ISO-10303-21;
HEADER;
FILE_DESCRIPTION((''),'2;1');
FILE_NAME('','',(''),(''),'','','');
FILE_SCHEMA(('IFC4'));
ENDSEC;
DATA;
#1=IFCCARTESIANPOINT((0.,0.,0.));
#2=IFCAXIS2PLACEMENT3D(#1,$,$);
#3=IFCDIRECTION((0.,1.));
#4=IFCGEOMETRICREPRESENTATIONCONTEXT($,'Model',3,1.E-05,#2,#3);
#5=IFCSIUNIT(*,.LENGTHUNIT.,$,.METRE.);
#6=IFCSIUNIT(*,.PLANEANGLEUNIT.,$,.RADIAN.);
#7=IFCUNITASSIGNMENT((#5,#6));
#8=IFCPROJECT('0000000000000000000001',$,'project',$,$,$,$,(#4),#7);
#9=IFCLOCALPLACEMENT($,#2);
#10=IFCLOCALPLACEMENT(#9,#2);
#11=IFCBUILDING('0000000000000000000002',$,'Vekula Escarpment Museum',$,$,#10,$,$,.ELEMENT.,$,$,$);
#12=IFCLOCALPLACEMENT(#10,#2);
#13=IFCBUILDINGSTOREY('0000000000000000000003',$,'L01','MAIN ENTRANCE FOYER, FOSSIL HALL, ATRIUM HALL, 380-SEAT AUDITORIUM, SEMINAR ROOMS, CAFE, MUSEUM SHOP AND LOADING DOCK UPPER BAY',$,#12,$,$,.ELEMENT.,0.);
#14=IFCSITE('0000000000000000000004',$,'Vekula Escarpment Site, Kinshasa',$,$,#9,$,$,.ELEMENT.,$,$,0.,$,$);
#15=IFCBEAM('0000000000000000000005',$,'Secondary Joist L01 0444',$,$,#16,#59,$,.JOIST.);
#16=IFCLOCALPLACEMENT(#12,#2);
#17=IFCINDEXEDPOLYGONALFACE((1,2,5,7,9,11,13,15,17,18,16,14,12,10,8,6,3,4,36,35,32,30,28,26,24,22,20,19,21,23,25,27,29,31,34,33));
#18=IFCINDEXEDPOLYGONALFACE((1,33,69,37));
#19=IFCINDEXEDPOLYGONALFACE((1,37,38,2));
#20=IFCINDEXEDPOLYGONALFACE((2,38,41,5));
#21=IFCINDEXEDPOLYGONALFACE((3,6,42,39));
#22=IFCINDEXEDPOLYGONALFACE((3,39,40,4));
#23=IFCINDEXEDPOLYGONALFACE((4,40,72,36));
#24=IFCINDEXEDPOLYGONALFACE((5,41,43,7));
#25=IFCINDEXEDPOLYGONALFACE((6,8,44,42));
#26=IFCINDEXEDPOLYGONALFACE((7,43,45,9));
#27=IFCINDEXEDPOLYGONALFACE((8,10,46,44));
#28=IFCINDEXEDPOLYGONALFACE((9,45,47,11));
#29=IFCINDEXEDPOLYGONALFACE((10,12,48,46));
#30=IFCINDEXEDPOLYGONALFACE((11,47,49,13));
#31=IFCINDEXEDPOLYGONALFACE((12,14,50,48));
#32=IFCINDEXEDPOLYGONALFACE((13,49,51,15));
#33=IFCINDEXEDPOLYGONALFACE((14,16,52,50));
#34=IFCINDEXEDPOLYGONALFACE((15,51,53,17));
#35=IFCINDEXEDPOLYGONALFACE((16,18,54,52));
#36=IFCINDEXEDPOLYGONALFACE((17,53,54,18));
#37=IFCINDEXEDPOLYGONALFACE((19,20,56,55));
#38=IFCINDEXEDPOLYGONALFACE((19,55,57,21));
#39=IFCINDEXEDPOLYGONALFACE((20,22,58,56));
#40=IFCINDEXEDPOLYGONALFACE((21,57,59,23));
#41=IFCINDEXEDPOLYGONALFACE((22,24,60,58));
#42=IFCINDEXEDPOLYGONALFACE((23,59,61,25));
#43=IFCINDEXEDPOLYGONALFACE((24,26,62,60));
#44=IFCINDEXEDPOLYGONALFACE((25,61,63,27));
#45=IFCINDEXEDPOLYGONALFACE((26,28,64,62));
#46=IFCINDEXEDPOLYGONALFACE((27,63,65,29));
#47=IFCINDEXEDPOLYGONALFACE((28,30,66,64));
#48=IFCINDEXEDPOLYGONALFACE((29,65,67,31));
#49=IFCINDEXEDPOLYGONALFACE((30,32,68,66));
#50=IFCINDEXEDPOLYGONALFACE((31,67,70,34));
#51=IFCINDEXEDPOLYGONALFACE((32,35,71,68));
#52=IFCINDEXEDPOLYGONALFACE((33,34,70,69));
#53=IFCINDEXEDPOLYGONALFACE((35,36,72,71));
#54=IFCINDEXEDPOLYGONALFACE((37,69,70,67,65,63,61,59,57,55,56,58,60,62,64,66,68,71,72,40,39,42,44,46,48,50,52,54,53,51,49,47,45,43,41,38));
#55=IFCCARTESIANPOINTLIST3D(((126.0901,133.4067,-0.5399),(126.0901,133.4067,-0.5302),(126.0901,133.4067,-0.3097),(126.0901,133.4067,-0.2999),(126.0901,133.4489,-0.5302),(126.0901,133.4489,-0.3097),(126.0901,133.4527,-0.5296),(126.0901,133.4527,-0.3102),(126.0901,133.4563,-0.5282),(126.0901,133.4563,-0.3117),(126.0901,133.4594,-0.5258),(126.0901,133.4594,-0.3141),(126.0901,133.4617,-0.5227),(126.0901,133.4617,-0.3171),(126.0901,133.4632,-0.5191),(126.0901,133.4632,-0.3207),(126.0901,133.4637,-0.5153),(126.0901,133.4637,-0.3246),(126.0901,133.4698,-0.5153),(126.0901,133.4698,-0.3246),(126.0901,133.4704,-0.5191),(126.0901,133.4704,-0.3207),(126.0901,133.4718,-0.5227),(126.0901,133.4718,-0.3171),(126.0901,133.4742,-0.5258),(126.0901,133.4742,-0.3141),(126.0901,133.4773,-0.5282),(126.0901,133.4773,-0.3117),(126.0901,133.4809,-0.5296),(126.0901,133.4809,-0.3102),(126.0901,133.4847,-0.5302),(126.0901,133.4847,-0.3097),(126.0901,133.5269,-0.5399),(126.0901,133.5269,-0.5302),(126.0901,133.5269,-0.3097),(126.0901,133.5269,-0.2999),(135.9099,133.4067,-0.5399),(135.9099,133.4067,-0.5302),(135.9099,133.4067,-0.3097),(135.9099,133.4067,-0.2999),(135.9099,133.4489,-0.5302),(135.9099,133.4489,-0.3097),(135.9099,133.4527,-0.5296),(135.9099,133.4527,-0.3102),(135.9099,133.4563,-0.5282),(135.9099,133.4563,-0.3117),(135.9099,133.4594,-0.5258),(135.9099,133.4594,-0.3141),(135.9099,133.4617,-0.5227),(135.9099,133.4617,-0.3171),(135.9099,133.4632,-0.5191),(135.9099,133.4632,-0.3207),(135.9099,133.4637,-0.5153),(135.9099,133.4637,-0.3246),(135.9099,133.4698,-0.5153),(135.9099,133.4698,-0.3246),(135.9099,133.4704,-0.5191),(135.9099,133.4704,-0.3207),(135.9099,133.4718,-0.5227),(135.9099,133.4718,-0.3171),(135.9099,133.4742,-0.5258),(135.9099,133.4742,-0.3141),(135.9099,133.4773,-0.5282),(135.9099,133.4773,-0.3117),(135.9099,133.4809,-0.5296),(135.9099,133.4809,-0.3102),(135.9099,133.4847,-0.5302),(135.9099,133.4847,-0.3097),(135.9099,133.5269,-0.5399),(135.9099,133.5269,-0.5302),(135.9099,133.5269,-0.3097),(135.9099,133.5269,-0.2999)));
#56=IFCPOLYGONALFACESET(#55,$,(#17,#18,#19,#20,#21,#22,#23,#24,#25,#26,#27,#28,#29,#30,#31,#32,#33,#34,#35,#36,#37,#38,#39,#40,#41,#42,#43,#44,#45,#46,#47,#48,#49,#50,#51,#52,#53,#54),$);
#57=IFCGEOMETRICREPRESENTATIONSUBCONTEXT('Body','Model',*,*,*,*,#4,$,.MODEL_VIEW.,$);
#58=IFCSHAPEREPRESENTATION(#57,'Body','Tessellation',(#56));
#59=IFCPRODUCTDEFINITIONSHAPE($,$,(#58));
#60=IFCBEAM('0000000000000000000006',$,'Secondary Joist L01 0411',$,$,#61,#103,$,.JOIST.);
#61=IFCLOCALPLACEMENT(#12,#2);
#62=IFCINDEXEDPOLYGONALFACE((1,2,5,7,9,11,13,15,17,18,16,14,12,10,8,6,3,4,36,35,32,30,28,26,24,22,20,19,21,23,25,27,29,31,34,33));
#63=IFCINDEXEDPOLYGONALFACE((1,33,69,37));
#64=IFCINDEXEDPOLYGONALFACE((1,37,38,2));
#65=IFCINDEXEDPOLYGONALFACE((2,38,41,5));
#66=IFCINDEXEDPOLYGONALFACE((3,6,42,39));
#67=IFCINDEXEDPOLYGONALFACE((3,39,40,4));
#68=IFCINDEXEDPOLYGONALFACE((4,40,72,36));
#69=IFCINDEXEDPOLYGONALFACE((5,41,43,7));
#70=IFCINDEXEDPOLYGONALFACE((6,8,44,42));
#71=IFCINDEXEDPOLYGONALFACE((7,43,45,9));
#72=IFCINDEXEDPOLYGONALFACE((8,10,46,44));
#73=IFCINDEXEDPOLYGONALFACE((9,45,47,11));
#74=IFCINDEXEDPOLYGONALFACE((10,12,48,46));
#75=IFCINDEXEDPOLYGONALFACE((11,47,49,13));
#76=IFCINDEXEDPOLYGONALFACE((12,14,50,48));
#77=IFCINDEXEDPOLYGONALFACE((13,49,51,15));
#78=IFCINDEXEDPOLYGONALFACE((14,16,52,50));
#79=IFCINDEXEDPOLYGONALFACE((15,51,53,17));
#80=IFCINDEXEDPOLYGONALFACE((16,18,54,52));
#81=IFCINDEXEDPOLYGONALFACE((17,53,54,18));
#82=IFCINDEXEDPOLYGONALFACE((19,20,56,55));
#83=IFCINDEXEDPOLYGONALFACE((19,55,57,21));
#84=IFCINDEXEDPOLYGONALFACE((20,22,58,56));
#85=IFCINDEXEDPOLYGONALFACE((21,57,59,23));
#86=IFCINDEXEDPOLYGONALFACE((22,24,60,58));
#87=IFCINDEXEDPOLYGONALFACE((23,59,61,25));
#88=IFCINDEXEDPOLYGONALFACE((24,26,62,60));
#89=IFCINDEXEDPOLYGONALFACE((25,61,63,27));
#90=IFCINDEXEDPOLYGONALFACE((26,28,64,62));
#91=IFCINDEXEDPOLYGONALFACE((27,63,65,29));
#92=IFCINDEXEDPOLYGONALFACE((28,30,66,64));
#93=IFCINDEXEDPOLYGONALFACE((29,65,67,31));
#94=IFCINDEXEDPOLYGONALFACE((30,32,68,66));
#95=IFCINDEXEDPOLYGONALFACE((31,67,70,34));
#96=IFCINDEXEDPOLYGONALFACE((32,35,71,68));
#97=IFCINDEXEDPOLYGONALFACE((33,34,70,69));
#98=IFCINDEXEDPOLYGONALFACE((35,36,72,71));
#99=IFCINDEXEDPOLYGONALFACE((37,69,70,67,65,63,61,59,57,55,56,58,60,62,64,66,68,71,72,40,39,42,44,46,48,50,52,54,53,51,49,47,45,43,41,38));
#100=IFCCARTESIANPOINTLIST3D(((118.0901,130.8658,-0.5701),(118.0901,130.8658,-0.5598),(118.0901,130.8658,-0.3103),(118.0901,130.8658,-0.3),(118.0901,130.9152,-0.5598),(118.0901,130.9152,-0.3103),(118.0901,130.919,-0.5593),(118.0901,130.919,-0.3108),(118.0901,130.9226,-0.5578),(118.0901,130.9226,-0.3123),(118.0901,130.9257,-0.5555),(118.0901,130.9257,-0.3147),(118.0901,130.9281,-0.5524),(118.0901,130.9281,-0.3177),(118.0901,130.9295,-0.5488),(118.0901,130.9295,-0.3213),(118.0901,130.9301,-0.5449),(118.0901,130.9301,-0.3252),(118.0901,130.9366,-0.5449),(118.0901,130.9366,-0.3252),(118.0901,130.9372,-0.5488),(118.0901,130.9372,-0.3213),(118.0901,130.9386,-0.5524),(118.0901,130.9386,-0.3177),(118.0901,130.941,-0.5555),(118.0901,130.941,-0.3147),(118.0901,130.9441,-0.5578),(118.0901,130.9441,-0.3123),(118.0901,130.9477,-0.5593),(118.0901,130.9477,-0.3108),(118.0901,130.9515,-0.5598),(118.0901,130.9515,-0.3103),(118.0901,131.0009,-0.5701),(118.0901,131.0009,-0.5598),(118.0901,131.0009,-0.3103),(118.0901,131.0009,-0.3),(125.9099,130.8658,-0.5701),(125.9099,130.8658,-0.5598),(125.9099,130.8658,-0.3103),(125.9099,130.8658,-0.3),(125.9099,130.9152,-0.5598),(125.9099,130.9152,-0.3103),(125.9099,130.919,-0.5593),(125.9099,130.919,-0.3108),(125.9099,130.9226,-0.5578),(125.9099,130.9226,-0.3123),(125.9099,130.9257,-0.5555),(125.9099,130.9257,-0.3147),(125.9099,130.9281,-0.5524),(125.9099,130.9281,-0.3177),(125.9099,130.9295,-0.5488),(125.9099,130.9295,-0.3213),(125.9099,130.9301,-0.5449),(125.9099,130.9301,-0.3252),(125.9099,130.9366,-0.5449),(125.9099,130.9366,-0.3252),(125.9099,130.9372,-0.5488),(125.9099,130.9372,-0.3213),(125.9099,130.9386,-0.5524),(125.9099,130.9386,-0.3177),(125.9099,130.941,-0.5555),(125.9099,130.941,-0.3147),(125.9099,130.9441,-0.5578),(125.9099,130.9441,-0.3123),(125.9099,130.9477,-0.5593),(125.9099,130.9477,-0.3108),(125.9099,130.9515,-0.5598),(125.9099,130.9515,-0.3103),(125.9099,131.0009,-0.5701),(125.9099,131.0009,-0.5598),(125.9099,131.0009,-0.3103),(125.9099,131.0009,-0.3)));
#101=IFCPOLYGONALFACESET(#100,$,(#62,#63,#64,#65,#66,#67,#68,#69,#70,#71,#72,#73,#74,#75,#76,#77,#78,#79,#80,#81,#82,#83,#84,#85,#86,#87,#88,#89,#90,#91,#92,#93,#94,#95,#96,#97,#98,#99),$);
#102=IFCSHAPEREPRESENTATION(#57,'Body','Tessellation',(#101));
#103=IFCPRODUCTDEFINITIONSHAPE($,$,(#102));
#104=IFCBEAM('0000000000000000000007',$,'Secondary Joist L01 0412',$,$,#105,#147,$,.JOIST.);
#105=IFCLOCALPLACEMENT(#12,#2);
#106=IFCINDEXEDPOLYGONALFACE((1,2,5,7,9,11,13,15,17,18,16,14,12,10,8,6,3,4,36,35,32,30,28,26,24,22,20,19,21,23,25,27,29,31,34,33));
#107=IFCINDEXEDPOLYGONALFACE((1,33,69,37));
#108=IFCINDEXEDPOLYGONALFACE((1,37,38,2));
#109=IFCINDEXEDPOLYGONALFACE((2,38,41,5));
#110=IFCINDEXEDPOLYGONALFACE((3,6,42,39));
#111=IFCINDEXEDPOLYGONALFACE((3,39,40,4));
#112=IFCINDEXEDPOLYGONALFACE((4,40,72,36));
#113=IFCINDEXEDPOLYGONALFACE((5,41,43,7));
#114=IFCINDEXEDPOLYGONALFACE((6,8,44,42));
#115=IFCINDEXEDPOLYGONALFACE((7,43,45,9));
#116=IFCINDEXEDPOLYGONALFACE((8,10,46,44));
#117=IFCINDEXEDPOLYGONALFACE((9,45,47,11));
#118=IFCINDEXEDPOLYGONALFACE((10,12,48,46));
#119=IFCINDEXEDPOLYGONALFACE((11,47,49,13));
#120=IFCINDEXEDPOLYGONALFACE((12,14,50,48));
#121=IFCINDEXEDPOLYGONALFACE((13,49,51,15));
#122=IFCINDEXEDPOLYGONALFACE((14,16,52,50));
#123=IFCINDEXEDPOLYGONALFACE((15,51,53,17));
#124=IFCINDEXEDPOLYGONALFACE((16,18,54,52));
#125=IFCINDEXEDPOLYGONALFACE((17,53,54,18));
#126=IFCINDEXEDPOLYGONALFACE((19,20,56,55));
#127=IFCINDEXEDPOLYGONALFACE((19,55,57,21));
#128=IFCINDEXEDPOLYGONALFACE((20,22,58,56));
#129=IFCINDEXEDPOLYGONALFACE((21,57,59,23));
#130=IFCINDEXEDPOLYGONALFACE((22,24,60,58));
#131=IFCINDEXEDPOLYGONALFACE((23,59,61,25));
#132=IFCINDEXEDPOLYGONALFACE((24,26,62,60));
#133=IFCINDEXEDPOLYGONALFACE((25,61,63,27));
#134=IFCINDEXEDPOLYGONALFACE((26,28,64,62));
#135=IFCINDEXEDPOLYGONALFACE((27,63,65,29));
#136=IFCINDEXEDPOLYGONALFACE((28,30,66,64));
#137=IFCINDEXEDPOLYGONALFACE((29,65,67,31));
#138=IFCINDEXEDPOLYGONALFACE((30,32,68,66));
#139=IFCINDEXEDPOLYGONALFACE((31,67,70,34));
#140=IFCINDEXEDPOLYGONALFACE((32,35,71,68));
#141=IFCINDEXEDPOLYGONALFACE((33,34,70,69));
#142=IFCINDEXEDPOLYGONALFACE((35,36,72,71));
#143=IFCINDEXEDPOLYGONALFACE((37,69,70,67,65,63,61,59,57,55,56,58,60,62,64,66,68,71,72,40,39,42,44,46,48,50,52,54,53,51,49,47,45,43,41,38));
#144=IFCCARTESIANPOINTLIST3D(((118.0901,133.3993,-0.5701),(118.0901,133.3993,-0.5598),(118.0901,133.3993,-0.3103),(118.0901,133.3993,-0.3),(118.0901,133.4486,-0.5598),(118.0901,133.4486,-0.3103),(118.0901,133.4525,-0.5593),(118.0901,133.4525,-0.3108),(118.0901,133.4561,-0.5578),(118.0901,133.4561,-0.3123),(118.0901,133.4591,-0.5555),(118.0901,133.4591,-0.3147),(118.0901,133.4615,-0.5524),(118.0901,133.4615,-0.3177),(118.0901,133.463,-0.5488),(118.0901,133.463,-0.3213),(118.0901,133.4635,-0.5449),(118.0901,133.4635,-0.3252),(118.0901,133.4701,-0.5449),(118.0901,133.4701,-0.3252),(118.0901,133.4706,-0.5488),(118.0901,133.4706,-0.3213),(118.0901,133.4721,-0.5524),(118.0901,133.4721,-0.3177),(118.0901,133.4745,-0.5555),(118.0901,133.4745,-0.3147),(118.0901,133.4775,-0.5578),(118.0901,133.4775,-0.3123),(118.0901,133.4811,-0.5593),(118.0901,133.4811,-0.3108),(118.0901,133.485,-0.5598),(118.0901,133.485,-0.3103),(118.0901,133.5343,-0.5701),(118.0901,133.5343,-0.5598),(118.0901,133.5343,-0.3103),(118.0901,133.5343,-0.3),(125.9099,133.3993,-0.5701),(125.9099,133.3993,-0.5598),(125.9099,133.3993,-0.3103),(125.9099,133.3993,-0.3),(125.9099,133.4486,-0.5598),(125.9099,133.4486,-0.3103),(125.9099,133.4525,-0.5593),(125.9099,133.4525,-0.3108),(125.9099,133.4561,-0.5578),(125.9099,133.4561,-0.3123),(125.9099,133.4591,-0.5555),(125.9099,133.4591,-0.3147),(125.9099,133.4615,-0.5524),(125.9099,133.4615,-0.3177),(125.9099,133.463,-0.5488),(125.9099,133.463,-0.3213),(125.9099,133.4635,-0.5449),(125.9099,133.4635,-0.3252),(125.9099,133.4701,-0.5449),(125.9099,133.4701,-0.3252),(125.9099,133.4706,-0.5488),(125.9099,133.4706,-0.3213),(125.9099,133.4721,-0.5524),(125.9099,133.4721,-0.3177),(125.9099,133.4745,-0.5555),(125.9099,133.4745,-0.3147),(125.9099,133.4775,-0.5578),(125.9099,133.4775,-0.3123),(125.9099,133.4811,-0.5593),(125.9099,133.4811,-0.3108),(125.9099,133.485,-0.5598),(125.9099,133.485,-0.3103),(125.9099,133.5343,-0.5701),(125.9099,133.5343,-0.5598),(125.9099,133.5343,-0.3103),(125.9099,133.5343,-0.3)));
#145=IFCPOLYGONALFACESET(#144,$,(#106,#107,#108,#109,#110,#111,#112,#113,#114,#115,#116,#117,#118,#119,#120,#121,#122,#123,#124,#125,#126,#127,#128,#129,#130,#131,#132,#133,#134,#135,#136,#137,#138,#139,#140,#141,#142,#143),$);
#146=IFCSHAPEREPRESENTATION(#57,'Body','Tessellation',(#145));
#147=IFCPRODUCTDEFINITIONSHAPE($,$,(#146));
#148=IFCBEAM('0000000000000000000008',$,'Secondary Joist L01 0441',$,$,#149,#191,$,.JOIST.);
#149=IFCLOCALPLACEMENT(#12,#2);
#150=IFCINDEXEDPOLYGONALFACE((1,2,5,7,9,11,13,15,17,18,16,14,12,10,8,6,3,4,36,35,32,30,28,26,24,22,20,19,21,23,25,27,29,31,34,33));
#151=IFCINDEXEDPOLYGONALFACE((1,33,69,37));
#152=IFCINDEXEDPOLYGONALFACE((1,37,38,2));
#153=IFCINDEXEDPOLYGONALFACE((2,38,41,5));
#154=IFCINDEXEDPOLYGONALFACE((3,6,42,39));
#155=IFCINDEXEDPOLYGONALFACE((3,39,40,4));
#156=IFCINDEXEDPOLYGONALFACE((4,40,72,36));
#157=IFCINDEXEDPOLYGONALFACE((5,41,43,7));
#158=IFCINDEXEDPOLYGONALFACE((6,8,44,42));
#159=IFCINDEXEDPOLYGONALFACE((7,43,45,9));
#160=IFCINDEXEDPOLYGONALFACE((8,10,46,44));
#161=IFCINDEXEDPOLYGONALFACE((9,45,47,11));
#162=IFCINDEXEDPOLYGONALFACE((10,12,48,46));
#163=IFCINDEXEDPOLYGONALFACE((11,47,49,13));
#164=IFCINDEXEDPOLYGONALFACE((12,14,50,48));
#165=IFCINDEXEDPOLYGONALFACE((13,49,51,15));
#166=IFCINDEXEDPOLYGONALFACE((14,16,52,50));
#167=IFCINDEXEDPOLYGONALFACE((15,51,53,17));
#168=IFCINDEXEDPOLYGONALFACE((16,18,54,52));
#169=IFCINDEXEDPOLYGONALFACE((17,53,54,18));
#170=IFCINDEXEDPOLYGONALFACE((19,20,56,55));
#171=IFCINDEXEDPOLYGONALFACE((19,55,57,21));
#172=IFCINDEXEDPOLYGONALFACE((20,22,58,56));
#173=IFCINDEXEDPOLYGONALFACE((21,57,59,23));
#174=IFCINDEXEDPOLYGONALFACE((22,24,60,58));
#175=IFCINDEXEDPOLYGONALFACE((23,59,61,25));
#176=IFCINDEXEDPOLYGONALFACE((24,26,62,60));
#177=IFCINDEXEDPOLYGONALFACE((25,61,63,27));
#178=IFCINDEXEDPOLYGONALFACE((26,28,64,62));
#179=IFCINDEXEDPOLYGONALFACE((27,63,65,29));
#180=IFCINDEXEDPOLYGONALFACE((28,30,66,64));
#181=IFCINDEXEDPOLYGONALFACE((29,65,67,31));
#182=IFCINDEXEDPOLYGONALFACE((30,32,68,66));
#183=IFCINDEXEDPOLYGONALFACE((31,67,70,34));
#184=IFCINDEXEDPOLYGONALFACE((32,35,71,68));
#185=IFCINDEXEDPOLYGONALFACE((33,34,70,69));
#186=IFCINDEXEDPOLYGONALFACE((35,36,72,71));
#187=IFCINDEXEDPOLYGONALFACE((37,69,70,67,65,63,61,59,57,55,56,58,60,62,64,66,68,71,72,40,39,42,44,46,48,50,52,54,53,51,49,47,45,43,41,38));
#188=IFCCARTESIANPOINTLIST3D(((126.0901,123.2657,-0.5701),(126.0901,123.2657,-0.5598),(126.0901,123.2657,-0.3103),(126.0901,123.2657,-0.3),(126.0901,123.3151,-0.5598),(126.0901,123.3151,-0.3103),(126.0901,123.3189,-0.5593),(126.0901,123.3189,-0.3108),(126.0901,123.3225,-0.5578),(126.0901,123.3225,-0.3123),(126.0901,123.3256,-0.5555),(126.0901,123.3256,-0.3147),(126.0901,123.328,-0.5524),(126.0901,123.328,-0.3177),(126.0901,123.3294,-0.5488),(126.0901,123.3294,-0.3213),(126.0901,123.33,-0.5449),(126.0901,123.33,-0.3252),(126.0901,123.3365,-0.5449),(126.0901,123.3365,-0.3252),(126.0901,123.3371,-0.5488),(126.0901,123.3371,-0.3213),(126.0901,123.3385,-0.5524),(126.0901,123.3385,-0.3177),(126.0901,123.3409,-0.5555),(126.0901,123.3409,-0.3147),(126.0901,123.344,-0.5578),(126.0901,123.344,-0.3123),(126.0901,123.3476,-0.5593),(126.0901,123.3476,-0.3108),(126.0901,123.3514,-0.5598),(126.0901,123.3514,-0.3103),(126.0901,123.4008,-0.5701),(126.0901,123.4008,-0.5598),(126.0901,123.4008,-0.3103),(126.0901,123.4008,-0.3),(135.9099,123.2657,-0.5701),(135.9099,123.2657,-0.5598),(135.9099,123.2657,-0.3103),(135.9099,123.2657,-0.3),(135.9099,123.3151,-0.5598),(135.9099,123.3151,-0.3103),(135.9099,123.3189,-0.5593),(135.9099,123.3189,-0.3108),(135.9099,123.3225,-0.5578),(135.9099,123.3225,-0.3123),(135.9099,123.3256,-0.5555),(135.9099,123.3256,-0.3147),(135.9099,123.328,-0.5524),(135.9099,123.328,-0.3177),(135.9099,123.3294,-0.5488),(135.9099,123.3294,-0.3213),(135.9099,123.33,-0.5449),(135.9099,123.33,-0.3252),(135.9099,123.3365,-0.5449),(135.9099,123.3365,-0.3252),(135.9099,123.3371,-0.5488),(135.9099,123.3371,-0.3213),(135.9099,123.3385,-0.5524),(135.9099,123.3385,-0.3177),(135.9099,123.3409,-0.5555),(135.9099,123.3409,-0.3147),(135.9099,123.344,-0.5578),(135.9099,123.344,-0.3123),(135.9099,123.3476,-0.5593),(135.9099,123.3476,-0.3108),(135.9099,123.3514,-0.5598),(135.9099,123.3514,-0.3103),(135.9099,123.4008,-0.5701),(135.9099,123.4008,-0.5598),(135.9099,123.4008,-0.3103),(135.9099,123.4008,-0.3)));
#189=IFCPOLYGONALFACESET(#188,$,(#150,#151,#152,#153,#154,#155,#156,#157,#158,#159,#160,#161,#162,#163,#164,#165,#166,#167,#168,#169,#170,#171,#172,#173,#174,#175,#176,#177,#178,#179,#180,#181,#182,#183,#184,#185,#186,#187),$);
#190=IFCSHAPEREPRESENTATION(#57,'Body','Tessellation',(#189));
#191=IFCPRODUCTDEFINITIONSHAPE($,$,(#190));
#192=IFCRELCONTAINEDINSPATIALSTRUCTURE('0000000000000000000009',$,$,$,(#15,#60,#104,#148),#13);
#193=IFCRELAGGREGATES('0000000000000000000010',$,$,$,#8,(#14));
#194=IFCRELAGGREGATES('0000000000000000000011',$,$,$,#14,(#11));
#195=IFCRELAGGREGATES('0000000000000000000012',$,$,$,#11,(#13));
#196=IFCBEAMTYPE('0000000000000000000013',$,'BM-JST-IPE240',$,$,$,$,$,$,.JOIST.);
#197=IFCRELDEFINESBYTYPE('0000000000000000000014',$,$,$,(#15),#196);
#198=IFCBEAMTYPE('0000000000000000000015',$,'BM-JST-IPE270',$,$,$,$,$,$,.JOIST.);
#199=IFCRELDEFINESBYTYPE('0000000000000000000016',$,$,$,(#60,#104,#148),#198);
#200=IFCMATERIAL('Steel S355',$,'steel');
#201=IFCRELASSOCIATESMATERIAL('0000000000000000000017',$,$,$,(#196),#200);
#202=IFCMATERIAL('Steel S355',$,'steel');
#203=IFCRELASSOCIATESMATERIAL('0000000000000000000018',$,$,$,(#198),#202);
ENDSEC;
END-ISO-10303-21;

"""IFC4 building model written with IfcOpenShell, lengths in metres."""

from ifc_helpers import new_model, si_unit, direction, frame, origin, origin_2d, place, context, subcontext, project, spatial, i_section, extrude, material, material_profile, profile_set, type_object, element, save


model = new_model("IFC4")

# Units and contexts
model_context = context("Model", 3, precision=1e-05, world=origin(), true_north=direction((0.0, 1.0)))
body_context = subcontext(model_context, "Body", "Model", "MODEL_VIEW")
ifc_project = project(units=[si_unit("LENGTHUNIT", "METRE"), si_unit("PLANEANGLEUNIT", "RADIAN")], contexts=[model_context])

# Site, building, storey
site_placement = place(None, origin())
site = spatial("IfcSite", under=ifc_project, at=site_placement, Name="Vekula Escarpment Site, Kinshasa", CompositionType="ELEMENT", RefElevation=0.0)
building_placement = place(site_placement, origin())
building = spatial("IfcBuilding", under=site, at=building_placement, Name="Vekula Escarpment Museum", CompositionType="ELEMENT")
storey_placement = place(building_placement, origin())
storey = spatial("IfcBuildingStorey", under=building, at=storey_placement, Name="L01", Description="MAIN ENTRANCE FOYER, FOSSIL HALL, ATRIUM HALL, 380-SEAT AUDITORIUM, SEMINAR ROOMS, CAFE, MUSEUM SHOP AND LOADING DOCK UPPER BAY", CompositionType="ELEMENT", Elevation=0.0)

# Beams
ifc_material_1 = material(Name="Steel S355", Category="steel")
ifc_material_profile_1 = material_profile(ifc_material_1, i_section(OverallWidth=0.1201, OverallDepth=0.24, WebThickness=0.0061, FlangeThickness=0.0098, FilletRadius=0.0149, at=origin_2d()), Name="IPE 240")
ifc_profile_set_1 = profile_set([ifc_material_profile_1], Name="Steel S355")
beam_type_1 = type_object("IfcBeamType", Name="BM-JST-IPE240", PredefinedType="JOIST", material=ifc_profile_set_1)
for number, where, z_axis, x_axis, name in (
    (1, (126.0901, 133.4668, -0.4199), (1.0, 0.0, 0.0), (0.0, 1.0, 0.0), "Secondary Joist L01 0444"),
):
    element("IfcBeam", number, at=place(storey_placement, frame(where, z_axis=z_axis, x_axis=x_axis)), inside=storey, type_object=beam_type_1, Name=name, PredefinedType="JOIST", context=body_context, shape_type="SweptSolid", body=[
        extrude(i_section(OverallWidth=0.1201, OverallDepth=0.24, WebThickness=0.0061, FlangeThickness=0.0098, FilletRadius=0.0149, at=origin_2d()), origin(), (0.0, 0.0, 1.0), 9.8198),
    ])
ifc_material_2 = material(Name="Steel S355", Category="steel")
ifc_material_profile_2 = material_profile(ifc_material_2, i_section(OverallWidth=0.135, OverallDepth=0.27, WebThickness=0.0066, FlangeThickness=0.0103, FilletRadius=0.0149, at=origin_2d()), Name="IPE 270")
ifc_profile_set_2 = profile_set([ifc_material_profile_2], Name="Steel S355")
beam_type_2 = type_object("IfcBeamType", Name="BM-JST-IPE270", PredefinedType="JOIST", material=ifc_profile_set_2)
for number, where, z_axis, x_axis, name in (
    (2, (118.0901, 130.9333, -0.4351), (1.0, 0.0, 0.0), (0.0, 1.0, 0.0), "Secondary Joist L01 0411"),
    (3, (118.0901, 133.4668, -0.4351), (1.0, 0.0, 0.0), (0.0, 1.0, 0.0), "Secondary Joist L01 0412"),
):
    element("IfcBeam", number, at=place(storey_placement, frame(where, z_axis=z_axis, x_axis=x_axis)), inside=storey, type_object=beam_type_2, Name=name, PredefinedType="JOIST", context=body_context, shape_type="SweptSolid", body=[
        extrude(i_section(OverallWidth=0.135, OverallDepth=0.27, WebThickness=0.0066, FlangeThickness=0.0103, FilletRadius=0.0149, at=origin_2d()), origin(), (0.0, 0.0, 1.0), 7.8198),
    ])
for number, where, z_axis, x_axis, name in (
    (4, (126.0901, 123.3333, -0.4351), (1.0, 0.0, 0.0), (0.0, 1.0, 0.0), "Secondary Joist L01 0441"),
):
    element("IfcBeam", number, at=place(storey_placement, frame(where, z_axis=z_axis, x_axis=x_axis)), inside=storey, type_object=beam_type_2, Name=name, PredefinedType="JOIST", context=body_context, shape_type="SweptSolid", body=[
        extrude(i_section(OverallWidth=0.135, OverallDepth=0.27, WebThickness=0.0066, FlangeThickness=0.0103, FilletRadius=0.0149, at=origin_2d()), origin(), (0.0, 0.0, 1.0), 9.8198),
    ])

save(model, "model.ifc")
